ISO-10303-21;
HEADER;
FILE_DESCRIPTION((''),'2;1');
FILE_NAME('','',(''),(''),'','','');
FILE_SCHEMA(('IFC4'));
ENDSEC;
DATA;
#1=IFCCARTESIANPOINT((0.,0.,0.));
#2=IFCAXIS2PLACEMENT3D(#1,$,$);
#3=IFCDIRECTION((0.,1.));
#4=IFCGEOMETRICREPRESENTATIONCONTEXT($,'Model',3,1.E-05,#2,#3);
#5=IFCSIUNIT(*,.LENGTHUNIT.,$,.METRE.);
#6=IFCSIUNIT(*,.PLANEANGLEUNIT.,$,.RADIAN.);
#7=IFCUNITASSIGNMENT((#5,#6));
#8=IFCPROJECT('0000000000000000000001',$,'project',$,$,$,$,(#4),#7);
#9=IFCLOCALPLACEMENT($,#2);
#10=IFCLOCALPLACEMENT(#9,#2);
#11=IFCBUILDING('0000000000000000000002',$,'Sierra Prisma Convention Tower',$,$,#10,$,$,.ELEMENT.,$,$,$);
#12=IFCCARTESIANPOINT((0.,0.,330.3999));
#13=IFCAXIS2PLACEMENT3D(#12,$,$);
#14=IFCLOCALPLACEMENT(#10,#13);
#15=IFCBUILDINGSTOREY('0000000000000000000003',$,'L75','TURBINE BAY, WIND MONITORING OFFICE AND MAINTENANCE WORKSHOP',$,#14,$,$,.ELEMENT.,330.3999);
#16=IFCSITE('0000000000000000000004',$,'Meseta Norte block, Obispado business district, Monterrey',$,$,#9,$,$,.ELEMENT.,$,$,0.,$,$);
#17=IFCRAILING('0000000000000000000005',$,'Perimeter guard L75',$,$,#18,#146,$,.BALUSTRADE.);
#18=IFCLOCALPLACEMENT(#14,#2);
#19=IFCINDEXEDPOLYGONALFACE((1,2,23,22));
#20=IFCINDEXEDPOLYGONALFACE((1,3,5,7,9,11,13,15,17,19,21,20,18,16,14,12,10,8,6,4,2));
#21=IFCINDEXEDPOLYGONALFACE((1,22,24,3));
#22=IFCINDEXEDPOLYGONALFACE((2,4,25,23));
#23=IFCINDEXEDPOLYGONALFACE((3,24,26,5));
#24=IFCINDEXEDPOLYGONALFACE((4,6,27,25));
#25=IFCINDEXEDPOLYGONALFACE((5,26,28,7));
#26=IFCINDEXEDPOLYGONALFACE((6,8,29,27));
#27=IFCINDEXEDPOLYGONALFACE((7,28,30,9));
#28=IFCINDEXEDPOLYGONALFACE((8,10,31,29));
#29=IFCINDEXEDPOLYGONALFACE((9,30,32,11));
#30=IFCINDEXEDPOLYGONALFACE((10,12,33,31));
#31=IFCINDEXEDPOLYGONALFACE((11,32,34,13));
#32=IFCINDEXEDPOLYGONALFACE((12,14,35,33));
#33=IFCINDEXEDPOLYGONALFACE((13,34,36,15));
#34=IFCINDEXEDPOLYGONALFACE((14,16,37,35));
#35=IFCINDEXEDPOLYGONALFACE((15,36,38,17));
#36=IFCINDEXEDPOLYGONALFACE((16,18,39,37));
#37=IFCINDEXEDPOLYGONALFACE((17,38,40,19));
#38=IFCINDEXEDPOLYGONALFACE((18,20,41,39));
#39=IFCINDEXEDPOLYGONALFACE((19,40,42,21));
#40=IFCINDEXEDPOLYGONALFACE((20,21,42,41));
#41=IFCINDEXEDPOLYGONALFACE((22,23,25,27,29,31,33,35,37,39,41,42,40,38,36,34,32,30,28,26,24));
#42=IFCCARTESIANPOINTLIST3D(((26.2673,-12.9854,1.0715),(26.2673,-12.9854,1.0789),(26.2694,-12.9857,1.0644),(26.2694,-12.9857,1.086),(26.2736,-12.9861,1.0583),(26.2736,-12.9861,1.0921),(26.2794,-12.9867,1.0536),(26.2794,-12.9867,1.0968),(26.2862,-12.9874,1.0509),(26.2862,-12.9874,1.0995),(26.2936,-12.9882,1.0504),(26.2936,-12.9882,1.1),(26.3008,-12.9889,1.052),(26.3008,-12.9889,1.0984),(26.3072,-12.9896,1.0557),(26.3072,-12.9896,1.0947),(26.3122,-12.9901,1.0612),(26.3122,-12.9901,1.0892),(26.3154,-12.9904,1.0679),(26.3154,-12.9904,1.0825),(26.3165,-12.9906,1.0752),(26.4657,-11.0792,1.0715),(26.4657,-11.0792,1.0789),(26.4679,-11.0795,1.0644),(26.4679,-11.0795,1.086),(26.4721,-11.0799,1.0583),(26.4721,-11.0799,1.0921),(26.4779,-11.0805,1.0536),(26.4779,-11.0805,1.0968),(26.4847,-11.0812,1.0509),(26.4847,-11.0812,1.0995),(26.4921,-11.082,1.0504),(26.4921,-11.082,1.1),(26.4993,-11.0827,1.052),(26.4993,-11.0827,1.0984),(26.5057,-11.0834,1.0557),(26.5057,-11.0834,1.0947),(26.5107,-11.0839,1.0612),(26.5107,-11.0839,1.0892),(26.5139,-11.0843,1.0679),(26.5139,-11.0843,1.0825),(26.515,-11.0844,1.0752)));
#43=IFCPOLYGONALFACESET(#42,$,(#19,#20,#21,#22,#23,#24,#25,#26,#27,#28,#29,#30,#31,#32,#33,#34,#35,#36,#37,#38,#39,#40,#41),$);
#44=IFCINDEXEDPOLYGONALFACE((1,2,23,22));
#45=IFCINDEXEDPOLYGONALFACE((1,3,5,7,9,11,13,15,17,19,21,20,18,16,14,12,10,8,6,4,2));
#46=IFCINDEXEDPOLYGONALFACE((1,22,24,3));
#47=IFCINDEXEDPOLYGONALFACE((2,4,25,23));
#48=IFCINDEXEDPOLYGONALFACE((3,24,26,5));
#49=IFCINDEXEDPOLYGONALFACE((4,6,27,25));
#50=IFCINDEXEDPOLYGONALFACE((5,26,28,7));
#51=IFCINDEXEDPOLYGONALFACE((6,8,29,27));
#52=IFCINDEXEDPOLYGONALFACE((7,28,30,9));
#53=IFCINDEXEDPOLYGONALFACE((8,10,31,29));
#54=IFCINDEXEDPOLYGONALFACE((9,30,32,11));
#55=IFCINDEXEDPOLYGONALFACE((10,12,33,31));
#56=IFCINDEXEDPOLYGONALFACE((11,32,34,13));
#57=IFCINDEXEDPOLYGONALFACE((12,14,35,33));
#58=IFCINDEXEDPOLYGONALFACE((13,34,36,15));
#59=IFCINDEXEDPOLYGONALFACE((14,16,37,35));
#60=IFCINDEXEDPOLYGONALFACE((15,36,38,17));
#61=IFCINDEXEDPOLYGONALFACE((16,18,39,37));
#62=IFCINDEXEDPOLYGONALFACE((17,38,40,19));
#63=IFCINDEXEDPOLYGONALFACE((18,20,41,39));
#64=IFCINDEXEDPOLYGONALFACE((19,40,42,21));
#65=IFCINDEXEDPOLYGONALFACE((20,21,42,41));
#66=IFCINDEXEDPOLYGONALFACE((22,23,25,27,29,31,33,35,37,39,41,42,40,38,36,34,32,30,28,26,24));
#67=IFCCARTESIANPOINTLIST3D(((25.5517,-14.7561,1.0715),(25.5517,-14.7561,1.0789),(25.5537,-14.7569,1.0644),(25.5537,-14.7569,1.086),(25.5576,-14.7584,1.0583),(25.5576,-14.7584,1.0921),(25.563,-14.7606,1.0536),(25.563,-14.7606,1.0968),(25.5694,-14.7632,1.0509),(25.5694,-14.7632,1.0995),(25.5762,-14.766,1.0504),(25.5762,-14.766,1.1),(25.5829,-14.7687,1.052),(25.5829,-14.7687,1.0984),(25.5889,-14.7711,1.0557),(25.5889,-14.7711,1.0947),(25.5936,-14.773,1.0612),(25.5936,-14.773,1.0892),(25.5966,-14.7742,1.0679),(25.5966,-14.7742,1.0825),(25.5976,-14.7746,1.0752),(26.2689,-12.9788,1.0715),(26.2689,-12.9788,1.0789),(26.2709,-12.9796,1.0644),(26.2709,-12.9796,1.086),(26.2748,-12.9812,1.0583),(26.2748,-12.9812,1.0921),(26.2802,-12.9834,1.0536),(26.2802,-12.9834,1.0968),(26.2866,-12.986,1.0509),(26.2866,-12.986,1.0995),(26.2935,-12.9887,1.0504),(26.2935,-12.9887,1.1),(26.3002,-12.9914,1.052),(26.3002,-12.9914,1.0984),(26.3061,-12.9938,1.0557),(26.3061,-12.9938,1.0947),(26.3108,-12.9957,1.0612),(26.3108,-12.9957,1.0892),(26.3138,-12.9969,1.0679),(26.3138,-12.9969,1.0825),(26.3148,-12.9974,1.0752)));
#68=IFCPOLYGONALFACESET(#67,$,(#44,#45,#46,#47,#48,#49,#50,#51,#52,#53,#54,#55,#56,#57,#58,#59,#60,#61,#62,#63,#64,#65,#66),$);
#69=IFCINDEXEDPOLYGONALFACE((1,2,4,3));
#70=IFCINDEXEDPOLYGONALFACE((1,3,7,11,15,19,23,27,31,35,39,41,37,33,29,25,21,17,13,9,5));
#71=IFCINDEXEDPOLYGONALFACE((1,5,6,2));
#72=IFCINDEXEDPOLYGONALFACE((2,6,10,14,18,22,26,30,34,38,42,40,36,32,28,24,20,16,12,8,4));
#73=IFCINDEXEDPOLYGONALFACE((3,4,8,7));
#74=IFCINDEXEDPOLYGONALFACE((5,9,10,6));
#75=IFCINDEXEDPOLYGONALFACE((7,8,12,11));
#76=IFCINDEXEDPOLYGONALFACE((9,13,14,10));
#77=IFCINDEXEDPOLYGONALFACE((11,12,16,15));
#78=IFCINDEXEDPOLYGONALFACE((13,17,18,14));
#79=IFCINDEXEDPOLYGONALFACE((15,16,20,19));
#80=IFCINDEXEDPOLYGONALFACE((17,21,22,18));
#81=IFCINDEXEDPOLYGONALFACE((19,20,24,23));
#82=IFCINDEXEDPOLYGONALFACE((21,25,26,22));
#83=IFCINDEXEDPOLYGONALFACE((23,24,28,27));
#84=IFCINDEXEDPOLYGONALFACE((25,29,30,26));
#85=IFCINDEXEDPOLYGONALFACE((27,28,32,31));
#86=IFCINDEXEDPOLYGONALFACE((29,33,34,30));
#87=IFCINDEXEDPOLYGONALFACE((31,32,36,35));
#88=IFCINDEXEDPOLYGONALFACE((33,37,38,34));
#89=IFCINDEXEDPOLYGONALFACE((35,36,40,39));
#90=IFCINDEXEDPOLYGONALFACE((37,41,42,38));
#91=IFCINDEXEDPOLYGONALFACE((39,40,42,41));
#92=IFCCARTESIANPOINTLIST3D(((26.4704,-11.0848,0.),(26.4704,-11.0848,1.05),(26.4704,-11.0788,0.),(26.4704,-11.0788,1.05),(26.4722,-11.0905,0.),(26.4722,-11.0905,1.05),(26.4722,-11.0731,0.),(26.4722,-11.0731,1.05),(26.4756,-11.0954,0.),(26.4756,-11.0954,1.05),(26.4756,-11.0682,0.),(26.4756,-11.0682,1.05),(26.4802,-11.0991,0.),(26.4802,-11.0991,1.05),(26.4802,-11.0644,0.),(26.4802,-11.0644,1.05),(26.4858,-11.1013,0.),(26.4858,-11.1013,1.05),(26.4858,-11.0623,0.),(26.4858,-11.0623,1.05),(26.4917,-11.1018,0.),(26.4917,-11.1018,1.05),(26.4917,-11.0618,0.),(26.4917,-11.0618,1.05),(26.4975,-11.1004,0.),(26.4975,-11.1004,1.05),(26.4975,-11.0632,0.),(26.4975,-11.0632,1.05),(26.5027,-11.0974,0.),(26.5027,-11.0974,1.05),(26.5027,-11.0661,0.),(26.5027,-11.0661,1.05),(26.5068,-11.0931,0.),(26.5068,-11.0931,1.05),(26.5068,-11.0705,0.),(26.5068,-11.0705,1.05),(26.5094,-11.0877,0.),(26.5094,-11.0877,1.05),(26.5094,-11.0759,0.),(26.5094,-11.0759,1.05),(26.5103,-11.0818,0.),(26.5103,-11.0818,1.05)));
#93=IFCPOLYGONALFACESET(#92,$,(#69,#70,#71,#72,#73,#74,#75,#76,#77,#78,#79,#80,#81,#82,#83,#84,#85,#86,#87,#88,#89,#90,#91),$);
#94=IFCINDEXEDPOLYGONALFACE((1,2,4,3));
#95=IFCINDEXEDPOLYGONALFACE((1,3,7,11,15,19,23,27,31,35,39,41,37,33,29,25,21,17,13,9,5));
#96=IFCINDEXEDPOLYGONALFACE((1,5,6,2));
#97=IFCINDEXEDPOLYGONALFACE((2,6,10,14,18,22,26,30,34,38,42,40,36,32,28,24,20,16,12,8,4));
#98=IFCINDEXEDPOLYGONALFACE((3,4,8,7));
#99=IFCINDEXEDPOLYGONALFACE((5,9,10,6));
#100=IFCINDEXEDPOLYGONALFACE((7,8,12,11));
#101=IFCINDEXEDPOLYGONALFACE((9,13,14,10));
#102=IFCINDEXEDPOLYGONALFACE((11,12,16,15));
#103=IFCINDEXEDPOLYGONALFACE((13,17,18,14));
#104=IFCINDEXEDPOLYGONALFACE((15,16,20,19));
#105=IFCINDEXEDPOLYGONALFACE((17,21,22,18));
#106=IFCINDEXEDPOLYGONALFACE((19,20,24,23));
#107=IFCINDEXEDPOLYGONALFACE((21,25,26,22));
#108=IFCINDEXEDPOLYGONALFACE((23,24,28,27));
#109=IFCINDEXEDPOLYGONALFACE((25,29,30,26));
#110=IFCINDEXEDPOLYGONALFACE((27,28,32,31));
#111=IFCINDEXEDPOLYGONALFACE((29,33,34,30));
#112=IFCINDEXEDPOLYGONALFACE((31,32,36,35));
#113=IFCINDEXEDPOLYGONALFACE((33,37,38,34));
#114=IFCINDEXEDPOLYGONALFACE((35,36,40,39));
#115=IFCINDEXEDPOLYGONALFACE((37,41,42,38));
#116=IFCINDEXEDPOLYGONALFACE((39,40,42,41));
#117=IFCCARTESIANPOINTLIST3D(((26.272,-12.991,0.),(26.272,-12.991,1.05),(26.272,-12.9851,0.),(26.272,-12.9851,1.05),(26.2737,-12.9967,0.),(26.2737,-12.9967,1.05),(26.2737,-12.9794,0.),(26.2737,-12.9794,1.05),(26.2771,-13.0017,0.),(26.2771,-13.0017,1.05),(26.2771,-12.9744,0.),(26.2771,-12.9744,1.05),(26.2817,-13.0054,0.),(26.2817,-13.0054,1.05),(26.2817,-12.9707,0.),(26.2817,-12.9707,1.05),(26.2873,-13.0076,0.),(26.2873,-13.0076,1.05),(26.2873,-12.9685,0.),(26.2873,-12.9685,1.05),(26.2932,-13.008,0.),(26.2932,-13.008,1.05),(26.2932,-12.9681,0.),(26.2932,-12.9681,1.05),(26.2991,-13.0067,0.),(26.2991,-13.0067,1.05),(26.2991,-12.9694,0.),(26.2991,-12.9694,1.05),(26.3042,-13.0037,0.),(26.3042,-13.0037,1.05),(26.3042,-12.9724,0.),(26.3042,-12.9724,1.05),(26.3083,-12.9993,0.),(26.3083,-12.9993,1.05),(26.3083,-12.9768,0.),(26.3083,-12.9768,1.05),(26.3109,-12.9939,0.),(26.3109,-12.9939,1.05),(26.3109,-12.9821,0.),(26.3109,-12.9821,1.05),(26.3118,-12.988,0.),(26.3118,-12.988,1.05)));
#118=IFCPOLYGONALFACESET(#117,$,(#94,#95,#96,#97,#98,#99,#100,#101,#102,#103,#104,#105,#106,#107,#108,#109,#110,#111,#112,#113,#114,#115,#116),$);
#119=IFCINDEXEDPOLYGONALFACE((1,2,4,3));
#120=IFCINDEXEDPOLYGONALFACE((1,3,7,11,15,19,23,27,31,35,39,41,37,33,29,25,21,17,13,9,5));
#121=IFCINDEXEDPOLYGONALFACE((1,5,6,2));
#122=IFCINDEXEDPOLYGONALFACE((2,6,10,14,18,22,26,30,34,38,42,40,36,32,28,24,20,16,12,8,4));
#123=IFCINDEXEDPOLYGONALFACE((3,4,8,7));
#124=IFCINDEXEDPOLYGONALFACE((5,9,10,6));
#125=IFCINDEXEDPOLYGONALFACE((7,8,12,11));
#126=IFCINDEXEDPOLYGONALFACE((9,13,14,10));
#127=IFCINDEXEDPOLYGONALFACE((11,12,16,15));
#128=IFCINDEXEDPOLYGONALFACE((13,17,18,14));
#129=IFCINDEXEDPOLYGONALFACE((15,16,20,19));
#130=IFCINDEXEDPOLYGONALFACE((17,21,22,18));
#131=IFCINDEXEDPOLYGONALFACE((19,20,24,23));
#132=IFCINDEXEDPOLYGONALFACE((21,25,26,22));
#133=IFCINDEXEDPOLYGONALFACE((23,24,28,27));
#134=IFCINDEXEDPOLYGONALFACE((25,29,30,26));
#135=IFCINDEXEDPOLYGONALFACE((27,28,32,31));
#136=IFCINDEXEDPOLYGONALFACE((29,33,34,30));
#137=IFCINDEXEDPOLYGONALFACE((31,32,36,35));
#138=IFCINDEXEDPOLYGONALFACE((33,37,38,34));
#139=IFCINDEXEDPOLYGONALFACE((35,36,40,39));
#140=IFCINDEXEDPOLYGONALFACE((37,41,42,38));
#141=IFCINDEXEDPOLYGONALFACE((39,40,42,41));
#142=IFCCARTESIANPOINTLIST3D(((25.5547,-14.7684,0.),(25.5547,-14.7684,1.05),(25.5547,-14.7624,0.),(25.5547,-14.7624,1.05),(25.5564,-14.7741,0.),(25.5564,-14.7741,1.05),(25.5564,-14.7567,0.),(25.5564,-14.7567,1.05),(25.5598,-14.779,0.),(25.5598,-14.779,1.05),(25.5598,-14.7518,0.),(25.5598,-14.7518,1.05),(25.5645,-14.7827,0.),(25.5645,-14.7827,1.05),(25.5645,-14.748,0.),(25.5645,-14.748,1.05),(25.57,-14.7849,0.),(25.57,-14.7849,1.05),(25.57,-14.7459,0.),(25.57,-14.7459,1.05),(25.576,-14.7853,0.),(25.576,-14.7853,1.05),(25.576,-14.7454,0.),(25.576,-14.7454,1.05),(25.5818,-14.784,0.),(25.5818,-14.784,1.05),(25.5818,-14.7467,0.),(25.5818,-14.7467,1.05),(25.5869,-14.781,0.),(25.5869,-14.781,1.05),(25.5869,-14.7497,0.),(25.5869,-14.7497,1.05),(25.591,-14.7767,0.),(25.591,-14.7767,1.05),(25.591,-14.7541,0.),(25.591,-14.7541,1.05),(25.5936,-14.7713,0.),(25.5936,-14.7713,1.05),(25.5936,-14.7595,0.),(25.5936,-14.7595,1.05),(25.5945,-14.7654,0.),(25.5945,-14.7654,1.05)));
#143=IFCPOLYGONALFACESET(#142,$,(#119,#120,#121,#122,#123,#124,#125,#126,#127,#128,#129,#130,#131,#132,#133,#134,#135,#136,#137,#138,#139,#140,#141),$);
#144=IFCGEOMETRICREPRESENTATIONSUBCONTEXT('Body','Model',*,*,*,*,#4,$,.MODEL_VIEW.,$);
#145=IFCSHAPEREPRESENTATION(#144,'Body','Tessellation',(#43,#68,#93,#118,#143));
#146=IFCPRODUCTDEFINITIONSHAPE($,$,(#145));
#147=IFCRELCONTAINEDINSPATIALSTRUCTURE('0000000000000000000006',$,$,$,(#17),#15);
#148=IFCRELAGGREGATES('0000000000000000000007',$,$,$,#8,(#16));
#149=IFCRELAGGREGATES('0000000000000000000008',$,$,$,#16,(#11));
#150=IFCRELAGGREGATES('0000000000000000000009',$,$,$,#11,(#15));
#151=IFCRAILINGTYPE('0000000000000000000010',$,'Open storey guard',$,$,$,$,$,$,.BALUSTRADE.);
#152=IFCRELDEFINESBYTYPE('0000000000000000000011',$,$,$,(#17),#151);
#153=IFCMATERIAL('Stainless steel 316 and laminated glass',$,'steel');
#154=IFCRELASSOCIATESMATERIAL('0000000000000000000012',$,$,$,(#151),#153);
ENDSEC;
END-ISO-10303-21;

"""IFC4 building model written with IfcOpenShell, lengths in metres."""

from ifc_helpers import new_model, si_unit, direction, frame, origin, origin_2d, place, context, subcontext, project, spatial, circle, extrude, material, type_object, element, save


model = new_model("IFC4")

# Units and contexts
model_context = context("Model", 3, precision=1e-05, world=origin(), true_north=direction((0.0, 1.0)))
body_context = subcontext(model_context, "Body", "Model", "MODEL_VIEW")
ifc_project = project(units=[si_unit("LENGTHUNIT", "METRE"), si_unit("PLANEANGLEUNIT", "RADIAN")], contexts=[model_context])

# Site, building, storey
site_placement = place(None, origin())
site = spatial("IfcSite", under=ifc_project, at=site_placement, Name="Meseta Norte block, Obispado business district, Monterrey", CompositionType="ELEMENT", RefElevation=0.0)
building_placement = place(site_placement, origin())
building = spatial("IfcBuilding", under=site, at=building_placement, Name="Sierra Prisma Convention Tower", CompositionType="ELEMENT")
storey_placement = place(building_placement, frame((0.0, 0.0, 330.3999)))
storey = spatial("IfcBuildingStorey", under=building, at=storey_placement, Name="L75", Description="TURBINE BAY, WIND MONITORING OFFICE AND MAINTENANCE WORKSHOP", CompositionType="ELEMENT", Elevation=330.3999)

# Railing
ifc_material_1 = material(Name="Stainless steel 316 and laminated glass", Category="steel")
railing_type = type_object("IfcRailingType", Name="Open storey guard", PredefinedType="BALUSTRADE", material=ifc_material_1)
railing_1_placement = place(storey_placement, frame((26.4902, -11.0818, 0.0)))
element("IfcRailing", 1, at=railing_1_placement, inside=storey, type_object=railing_type, Name="Perimeter guard L75", PredefinedType="BALUSTRADE", context=body_context, shape_type="SweptSolid", body=[
    extrude(circle(Radius=0.0249, at=origin_2d()), frame((0.0, 0.0, 1.0752), z_axis=(-0.103564, -0.994623, 0.0), x_axis=(0.994623, -0.103564, 0.0)), (0.0, 0.0, 1.0), 1.9165),
    extrude(circle(Radius=0.0249, at=origin_2d()), frame((-0.1985, -1.9062, 1.0752), z_axis=(-0.374244, -0.92733, 0.0), x_axis=(0.92733, -0.374244, 0.0)), (0.0, 0.0, 1.0), 1.9165),
    extrude(circle(Radius=0.02, at=origin_2d()), origin(), (0.0, 0.0, 1.0), 1.05),
    extrude(circle(Radius=0.02, at=origin_2d()), frame((-0.1985, -1.9062, 0.0)), (0.0, 0.0, 1.0), 1.05),
    extrude(circle(Radius=0.02, at=origin_2d()), frame((-0.9158, -3.6836, 0.0)), (0.0, 0.0, 1.0), 1.05),
])

save(model, "model.ifc")
